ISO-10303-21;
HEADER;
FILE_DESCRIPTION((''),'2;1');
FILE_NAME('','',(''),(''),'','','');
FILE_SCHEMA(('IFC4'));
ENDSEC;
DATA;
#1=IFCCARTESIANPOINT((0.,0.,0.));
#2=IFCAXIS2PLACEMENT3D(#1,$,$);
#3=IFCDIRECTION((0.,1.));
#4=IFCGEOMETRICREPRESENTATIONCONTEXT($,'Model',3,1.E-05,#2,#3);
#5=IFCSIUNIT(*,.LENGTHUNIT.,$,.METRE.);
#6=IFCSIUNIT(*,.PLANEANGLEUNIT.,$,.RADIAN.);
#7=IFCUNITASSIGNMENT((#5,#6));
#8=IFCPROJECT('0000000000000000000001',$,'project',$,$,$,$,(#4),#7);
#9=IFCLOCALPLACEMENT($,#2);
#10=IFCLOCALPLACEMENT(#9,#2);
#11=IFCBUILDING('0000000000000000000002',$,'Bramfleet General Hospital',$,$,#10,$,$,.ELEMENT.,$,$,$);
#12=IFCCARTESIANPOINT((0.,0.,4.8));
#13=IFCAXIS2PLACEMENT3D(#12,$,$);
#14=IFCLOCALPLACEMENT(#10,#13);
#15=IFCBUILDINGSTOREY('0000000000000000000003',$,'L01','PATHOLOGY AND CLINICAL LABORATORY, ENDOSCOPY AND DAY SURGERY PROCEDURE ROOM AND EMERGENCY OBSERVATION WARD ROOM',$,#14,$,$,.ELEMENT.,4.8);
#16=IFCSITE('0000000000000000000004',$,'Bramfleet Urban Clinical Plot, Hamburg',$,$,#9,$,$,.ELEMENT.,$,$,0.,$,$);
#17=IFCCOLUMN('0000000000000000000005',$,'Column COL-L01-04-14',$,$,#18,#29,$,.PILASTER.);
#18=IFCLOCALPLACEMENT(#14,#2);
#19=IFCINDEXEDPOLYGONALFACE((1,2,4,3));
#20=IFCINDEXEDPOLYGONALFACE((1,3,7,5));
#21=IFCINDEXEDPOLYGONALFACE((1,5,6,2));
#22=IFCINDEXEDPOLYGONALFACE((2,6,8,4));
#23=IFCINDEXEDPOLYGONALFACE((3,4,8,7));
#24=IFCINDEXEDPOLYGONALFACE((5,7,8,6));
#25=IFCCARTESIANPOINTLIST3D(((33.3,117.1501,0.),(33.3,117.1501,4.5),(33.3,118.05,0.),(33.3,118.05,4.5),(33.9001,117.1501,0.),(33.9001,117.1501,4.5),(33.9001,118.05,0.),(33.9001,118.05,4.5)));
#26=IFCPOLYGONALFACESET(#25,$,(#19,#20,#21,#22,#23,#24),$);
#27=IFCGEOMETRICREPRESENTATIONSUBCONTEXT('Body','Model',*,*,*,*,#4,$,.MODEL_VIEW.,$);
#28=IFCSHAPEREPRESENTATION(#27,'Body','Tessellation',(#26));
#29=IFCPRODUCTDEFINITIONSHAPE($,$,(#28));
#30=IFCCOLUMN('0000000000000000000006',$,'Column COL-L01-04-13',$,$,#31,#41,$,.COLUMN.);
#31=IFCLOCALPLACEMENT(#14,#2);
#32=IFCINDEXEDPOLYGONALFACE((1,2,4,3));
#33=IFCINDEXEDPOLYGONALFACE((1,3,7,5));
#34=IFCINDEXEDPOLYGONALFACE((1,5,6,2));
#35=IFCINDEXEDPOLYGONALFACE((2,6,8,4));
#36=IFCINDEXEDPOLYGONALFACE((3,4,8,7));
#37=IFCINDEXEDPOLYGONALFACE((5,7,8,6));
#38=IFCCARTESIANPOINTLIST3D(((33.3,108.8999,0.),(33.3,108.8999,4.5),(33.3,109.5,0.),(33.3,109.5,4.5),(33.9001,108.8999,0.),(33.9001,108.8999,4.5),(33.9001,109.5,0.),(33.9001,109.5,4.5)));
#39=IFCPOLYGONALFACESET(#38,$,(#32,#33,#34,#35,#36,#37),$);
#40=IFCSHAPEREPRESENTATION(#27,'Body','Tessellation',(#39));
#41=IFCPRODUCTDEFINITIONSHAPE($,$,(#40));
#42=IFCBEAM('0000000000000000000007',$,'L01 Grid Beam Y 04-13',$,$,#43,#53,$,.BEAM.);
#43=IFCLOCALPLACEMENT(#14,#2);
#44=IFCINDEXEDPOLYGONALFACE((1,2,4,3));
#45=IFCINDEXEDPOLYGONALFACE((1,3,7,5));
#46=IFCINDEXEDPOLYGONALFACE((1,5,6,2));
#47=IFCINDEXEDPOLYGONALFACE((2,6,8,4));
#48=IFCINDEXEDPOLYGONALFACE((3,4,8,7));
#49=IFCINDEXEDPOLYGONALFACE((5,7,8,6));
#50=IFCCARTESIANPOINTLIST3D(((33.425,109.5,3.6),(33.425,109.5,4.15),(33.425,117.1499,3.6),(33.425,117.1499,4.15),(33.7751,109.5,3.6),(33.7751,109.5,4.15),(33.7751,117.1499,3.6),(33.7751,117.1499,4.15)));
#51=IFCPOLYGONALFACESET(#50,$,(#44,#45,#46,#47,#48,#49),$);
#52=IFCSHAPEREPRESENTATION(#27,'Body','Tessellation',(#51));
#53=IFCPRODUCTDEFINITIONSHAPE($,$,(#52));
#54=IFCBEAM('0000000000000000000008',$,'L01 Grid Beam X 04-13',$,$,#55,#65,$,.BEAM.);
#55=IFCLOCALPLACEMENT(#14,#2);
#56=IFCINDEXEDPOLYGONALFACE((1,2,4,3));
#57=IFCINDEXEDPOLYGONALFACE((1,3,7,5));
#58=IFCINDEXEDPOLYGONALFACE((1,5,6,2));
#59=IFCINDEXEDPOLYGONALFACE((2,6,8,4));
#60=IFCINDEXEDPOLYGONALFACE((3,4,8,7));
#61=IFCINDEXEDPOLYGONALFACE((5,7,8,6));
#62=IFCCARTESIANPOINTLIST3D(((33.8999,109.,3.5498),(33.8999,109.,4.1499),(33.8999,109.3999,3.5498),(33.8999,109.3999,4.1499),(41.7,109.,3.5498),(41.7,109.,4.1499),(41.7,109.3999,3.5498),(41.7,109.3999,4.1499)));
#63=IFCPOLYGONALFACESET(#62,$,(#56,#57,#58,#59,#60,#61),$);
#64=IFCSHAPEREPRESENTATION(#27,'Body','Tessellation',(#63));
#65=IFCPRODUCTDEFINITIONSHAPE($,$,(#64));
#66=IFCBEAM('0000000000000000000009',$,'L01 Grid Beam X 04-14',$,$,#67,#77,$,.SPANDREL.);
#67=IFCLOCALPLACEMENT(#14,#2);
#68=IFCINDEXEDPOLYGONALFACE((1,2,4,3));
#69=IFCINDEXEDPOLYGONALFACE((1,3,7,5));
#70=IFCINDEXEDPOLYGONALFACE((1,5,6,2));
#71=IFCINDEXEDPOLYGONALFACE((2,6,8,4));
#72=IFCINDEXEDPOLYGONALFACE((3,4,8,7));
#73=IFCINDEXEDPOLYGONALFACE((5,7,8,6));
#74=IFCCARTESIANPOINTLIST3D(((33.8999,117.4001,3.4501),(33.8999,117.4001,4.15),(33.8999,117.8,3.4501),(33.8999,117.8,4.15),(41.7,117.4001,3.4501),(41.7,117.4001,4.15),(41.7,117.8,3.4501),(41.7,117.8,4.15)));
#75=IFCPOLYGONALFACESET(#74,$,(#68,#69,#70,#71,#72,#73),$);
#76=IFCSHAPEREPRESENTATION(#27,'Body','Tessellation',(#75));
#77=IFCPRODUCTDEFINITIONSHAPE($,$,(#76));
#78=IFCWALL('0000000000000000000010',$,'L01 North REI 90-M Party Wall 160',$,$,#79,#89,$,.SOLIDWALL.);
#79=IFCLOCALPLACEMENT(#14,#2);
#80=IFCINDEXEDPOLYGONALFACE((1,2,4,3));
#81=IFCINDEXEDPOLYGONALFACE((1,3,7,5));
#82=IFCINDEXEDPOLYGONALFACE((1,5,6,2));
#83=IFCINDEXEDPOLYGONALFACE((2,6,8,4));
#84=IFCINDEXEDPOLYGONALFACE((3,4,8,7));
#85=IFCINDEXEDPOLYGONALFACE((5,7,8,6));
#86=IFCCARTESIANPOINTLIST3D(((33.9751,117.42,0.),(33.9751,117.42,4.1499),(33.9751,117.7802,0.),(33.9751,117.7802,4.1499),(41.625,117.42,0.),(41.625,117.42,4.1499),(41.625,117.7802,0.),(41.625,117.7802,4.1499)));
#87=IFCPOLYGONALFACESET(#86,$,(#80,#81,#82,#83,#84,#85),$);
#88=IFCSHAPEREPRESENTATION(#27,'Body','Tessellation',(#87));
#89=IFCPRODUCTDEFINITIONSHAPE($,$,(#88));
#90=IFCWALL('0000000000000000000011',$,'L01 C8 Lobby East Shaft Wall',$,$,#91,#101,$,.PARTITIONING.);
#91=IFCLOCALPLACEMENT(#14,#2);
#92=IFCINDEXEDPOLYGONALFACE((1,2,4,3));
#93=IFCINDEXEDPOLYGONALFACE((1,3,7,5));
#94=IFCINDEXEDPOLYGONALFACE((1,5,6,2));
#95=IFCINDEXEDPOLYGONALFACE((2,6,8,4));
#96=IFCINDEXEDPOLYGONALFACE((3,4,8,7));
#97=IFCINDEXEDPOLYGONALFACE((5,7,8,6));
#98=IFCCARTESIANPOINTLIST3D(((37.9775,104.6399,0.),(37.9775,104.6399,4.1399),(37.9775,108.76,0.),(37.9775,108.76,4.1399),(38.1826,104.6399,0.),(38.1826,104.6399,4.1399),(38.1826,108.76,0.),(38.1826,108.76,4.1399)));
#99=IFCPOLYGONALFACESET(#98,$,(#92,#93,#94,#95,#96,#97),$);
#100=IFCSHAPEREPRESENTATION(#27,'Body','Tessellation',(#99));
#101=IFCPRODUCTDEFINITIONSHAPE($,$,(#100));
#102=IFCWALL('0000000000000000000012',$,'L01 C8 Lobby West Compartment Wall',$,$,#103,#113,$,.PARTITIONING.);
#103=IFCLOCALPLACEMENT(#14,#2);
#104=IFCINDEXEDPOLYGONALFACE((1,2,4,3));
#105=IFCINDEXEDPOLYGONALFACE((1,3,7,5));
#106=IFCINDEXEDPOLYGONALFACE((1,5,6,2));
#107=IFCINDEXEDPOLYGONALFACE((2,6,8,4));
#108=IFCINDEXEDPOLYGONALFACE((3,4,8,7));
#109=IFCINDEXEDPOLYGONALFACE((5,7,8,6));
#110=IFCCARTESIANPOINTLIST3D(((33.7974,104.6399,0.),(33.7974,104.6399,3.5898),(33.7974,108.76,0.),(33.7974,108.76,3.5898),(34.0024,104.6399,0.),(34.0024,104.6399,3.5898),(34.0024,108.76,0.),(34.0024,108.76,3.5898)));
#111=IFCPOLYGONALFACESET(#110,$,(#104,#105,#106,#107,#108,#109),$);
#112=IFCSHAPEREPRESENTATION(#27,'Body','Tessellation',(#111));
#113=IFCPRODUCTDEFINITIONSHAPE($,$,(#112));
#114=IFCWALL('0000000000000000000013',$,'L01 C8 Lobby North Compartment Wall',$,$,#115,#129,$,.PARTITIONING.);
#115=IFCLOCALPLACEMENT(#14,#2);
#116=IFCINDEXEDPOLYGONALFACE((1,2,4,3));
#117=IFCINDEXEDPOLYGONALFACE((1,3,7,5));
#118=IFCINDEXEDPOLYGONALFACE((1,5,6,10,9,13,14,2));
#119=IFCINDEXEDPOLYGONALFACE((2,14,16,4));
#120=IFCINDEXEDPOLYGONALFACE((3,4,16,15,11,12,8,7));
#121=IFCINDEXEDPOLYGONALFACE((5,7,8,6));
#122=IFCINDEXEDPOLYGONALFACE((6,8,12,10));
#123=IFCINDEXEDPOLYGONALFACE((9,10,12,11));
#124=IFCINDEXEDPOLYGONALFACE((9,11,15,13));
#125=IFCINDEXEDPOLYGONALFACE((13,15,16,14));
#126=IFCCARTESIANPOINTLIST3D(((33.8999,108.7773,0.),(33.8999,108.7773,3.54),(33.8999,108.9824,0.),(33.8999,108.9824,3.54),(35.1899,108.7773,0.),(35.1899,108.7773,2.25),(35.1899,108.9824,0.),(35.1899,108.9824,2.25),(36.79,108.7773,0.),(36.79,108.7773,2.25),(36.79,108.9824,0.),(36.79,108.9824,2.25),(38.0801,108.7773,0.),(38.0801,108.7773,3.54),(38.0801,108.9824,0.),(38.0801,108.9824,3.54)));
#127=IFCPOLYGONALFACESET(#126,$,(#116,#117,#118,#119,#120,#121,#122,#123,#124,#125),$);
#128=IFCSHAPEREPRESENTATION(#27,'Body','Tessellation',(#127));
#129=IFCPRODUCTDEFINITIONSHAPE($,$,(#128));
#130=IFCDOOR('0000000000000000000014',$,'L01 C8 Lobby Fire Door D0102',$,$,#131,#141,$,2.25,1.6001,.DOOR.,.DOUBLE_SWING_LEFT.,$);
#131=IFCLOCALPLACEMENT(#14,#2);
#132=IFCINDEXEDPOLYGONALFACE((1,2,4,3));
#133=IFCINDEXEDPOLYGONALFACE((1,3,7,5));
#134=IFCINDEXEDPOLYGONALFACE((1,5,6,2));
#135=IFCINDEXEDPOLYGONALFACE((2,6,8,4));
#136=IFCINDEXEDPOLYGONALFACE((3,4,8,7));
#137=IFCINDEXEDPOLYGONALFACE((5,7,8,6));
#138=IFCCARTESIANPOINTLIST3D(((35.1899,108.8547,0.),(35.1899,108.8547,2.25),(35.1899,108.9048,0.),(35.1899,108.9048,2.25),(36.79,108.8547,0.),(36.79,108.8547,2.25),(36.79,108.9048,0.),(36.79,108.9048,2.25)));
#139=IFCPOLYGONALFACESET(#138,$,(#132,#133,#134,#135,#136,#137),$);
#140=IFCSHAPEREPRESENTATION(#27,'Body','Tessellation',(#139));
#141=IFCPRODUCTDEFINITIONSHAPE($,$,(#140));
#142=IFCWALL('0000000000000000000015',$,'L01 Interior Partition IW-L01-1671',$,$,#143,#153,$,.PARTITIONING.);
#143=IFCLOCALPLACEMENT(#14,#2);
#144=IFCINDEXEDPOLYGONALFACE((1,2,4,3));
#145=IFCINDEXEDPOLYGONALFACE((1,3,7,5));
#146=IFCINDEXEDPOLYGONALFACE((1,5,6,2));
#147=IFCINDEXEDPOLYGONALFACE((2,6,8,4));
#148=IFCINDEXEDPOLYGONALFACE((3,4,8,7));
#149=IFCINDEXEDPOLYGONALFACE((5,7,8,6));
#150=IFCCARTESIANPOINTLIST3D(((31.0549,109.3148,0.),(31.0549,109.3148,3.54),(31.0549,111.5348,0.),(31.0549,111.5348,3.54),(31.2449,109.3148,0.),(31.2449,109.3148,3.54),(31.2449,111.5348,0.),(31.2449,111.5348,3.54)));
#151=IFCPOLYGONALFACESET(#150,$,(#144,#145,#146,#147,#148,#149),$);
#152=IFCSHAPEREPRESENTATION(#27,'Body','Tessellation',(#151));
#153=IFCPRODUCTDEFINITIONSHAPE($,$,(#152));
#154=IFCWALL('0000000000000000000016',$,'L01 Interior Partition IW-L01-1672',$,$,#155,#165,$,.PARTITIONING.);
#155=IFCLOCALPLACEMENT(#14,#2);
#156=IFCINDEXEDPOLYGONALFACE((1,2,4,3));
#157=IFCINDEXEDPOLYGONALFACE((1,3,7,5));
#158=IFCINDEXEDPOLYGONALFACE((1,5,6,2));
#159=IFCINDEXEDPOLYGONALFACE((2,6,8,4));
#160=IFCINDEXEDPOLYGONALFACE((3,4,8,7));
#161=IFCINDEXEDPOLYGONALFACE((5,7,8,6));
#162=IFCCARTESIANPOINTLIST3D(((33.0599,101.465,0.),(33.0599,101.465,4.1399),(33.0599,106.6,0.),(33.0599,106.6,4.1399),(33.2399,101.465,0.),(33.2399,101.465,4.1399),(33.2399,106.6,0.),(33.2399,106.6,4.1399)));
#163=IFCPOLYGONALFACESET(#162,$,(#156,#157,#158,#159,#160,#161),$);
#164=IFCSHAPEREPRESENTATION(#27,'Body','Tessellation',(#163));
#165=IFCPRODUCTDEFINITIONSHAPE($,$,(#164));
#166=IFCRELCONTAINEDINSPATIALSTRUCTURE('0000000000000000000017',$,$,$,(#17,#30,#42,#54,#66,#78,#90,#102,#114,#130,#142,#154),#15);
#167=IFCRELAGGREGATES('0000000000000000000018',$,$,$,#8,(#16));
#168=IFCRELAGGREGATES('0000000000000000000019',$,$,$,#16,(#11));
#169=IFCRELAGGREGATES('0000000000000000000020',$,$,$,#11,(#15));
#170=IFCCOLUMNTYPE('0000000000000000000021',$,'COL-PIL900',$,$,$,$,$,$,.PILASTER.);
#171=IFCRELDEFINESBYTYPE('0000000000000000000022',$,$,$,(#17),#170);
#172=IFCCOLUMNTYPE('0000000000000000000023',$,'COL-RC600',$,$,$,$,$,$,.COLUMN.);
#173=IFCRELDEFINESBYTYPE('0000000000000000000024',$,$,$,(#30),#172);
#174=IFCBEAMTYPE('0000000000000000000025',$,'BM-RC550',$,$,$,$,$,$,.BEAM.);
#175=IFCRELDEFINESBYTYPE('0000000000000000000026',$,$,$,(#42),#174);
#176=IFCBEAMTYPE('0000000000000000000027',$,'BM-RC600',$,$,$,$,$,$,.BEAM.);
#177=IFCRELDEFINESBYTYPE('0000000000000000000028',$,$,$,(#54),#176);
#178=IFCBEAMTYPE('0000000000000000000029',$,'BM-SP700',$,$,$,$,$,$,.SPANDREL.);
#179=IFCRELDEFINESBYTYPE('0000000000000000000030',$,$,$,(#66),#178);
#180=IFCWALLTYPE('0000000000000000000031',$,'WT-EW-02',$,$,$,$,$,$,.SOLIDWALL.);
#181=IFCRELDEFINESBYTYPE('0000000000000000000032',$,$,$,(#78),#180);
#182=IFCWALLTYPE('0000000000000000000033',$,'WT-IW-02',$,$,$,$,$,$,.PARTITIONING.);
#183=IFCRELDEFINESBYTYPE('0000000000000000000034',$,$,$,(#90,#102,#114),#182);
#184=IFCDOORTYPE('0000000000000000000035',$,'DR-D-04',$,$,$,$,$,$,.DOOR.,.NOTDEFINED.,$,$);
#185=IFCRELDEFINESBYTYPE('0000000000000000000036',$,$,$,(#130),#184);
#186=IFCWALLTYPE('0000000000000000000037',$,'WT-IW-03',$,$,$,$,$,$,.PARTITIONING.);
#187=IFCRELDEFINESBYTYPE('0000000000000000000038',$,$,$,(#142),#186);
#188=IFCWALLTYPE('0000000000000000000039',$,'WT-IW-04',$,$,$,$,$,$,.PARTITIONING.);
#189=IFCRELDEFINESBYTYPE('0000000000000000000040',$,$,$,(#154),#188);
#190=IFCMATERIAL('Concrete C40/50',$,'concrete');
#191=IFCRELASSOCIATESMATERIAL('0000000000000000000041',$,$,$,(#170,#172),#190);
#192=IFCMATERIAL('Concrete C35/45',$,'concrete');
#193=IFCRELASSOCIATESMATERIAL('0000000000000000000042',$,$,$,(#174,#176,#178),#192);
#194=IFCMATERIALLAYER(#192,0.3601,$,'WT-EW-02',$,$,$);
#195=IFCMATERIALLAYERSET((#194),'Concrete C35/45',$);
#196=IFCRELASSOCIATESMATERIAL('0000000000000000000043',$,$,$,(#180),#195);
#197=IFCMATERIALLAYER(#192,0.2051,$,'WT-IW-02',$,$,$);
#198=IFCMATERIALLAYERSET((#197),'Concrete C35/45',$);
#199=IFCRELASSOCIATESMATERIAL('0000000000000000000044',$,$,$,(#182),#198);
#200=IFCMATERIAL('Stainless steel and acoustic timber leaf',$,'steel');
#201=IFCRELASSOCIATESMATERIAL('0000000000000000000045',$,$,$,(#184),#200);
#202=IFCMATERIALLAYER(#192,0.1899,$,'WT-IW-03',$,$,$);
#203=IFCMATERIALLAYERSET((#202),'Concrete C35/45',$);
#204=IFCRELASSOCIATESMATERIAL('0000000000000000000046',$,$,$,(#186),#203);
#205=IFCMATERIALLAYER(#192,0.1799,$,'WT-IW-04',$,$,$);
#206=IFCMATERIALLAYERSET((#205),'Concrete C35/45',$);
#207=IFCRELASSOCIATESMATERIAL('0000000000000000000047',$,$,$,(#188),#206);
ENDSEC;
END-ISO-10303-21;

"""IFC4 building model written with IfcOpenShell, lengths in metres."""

from ifc_helpers import new_model, si_unit, direction, frame, frame_2d, origin, origin_2d, place, context, subcontext, project, spatial, rectangle, extrude, material, layer, layer_set, material_profile, profile_set, type_object, element, fill, save


model = new_model("IFC4")

# Units and contexts
model_context = context("Model", 3, precision=1e-05, world=origin(), true_north=direction((0.0, 1.0)))
body_context = subcontext(model_context, "Body", "Model", "MODEL_VIEW")
ifc_project = project(units=[si_unit("LENGTHUNIT", "METRE"), si_unit("PLANEANGLEUNIT", "RADIAN")], contexts=[model_context])

# Site, building, storey
site_placement = place(None, origin())
site = spatial("IfcSite", under=ifc_project, at=site_placement, Name="Bramfleet Urban Clinical Plot, Hamburg", CompositionType="ELEMENT", RefElevation=0.0)
building_placement = place(site_placement, origin())
building = spatial("IfcBuilding", under=site, at=building_placement, Name="Bramfleet General Hospital", CompositionType="ELEMENT")
storey_placement = place(building_placement, frame((0.0, 0.0, 4.8)))
storey = spatial("IfcBuildingStorey", under=building, at=storey_placement, Name="L01", Description="PATHOLOGY AND CLINICAL LABORATORY, ENDOSCOPY AND DAY SURGERY PROCEDURE ROOM AND EMERGENCY OBSERVATION WARD ROOM", CompositionType="ELEMENT", Elevation=4.8)

# Columns
ifc_material_1 = material(Name="Concrete C40/50", Category="concrete")
ifc_material_profile_1 = material_profile(ifc_material_1, rectangle(XDim=0.6001, YDim=0.8999, at=origin_2d()), Name="RC PIL 900x600")
ifc_profile_set_1 = profile_set([ifc_material_profile_1], Name="Concrete C40/50")
column_type_1 = type_object("IfcColumnType", Name="COL-PIL900", PredefinedType="PILASTER", material=ifc_profile_set_1)
column_1_placement = place(storey_placement, frame((33.6001, 117.6001, 0.0), z_axis=(0.0, 0.0, 1.0), x_axis=(1.0, 0.0, 0.0)))
element("IfcColumn", 1, at=column_1_placement, inside=storey, type_object=column_type_1, Name="Column COL-L01-04-14", PredefinedType="PILASTER", context=body_context, shape_type="SweptSolid", body=[
    extrude(rectangle(XDim=0.6001, YDim=0.8999, at=origin_2d()), origin(), (0.0, 0.0, 1.0), 4.5),
])
ifc_material_profile_2 = material_profile(ifc_material_1, rectangle(XDim=0.6001, YDim=0.6001, at=origin_2d()), Name="RC COL 600x600")
ifc_profile_set_2 = profile_set([ifc_material_profile_2], Name="Concrete C40/50")
column_type_2 = type_object("IfcColumnType", Name="COL-RC600", PredefinedType="COLUMN", material=ifc_profile_set_2)
column_2_placement = place(storey_placement, frame((33.6001, 109.2, 0.0), z_axis=(0.0, 0.0, 1.0), x_axis=(1.0, 0.0, 0.0)))
element("IfcColumn", 2, at=column_2_placement, inside=storey, type_object=column_type_2, Name="Column COL-L01-04-13", PredefinedType="COLUMN", context=body_context, shape_type="SweptSolid", body=[
    extrude(rectangle(XDim=0.6001, YDim=0.6001, at=origin_2d()), origin(), (0.0, 0.0, 1.0), 4.5),
])

# Beams
ifc_material_2 = material(Name="Concrete C35/45", Category="concrete")
ifc_material_profile_3 = material_profile(ifc_material_2, rectangle(XDim=0.3501, YDim=0.55, at=origin_2d()), Name="RC BM 550x350")
ifc_profile_set_3 = profile_set([ifc_material_profile_3], Name="Concrete C35/45")
beam_type_1 = type_object("IfcBeamType", Name="BM-RC550", PredefinedType="BEAM", material=ifc_profile_set_3)
beam_1_placement = place(storey_placement, frame((33.6001, 109.5, 3.875), z_axis=(0.0, 1.0, 0.0), x_axis=(-1.0, 0.0, 0.0)))
element("IfcBeam", 3, at=beam_1_placement, inside=storey, type_object=beam_type_1, Name="L01 Grid Beam Y 04-13", PredefinedType="BEAM", context=body_context, shape_type="SweptSolid", body=[
    extrude(rectangle(XDim=0.3501, YDim=0.55, at=origin_2d()), origin(), (0.0, 0.0, 1.0), 7.6499),
])
ifc_material_profile_4 = material_profile(ifc_material_2, rectangle(XDim=0.3999, YDim=0.6001, at=origin_2d()), Name="RC BM 600x400")
ifc_profile_set_4 = profile_set([ifc_material_profile_4], Name="Concrete C35/45")
beam_type_2 = type_object("IfcBeamType", Name="BM-RC600", PredefinedType="BEAM", material=ifc_profile_set_4)
beam_2_placement = place(storey_placement, frame((33.8999, 109.2, 3.8499), z_axis=(1.0, 0.0, 0.0), x_axis=(0.0, 1.0, 0.0)))
element("IfcBeam", 4, at=beam_2_placement, inside=storey, type_object=beam_type_2, Name="L01 Grid Beam X 04-13", PredefinedType="BEAM", context=body_context, shape_type="SweptSolid", body=[
    extrude(rectangle(XDim=0.3999, YDim=0.6001, at=origin_2d()), origin(), (0.0, 0.0, 1.0), 7.8),
])
ifc_material_profile_5 = material_profile(ifc_material_2, rectangle(XDim=0.3999, YDim=0.7, at=origin_2d()), Name="RC SP 700x400")
ifc_profile_set_5 = profile_set([ifc_material_profile_5], Name="Concrete C35/45")
beam_type_3 = type_object("IfcBeamType", Name="BM-SP700", PredefinedType="SPANDREL", material=ifc_profile_set_5)
beam_3_placement = place(storey_placement, frame((33.8999, 117.6001, 3.8), z_axis=(1.0, 0.0, 0.0), x_axis=(0.0, 1.0, 0.0)))
element("IfcBeam", 5, at=beam_3_placement, inside=storey, type_object=beam_type_3, Name="L01 Grid Beam X 04-14", PredefinedType="SPANDREL", context=body_context, shape_type="SweptSolid", body=[
    extrude(rectangle(XDim=0.3999, YDim=0.7, at=origin_2d()), origin(), (0.0, 0.0, 1.0), 7.8),
])

# Walls
ifc_layer_1 = layer(ifc_material_2, 0.3601, Name="WT-EW-02")
ifc_layer_set_1 = layer_set([ifc_layer_1], Name="Concrete C35/45")
wall_type_1 = type_object("IfcWallType", Name="WT-EW-02", PredefinedType="SOLIDWALL", material=ifc_layer_set_1)
wall_1_placement = place(storey_placement, frame((33.9751, 117.6001, 0.0), z_axis=(0.0, 0.0, 1.0), x_axis=(1.0, 0.0, 0.0)))
element("IfcWall", 6, at=wall_1_placement, inside=storey, type_object=wall_type_1, Name="L01 North REI 90-M Party Wall 160", PredefinedType="SOLIDWALL", context=body_context, shape_type="SweptSolid", body=[
    extrude(rectangle(XDim=7.6499, YDim=0.3601, at=frame_2d((3.825, 0.0))), origin(), (0.0, 0.0, 1.0), 4.1499),
])
ifc_layer_2 = layer(ifc_material_2, 0.2051, Name="WT-IW-02")
ifc_layer_set_2 = layer_set([ifc_layer_2], Name="Concrete C35/45")
wall_type_2 = type_object("IfcWallType", Name="WT-IW-02", PredefinedType="PARTITIONING", material=ifc_layer_set_2)
wall_2_placement = place(storey_placement, frame((38.0801, 104.6399, 0.0), z_axis=(0.0, 0.0, 1.0), x_axis=(0.0, 1.0, 0.0)))
element("IfcWall", 7, at=wall_2_placement, inside=storey, type_object=wall_type_2, Name="L01 C8 Lobby East Shaft Wall", PredefinedType="PARTITIONING", context=body_context, shape_type="SweptSolid", body=[
    extrude(rectangle(XDim=4.1201, YDim=0.2051, at=frame_2d((2.0601, 0.0))), origin(), (0.0, 0.0, 1.0), 4.1399),
])
wall_3_placement = place(storey_placement, frame((33.8999, 104.6399, 0.0), z_axis=(0.0, 0.0, 1.0), x_axis=(0.0, 1.0, 0.0)))
element("IfcWall", 8, at=wall_3_placement, inside=storey, type_object=wall_type_2, Name="L01 C8 Lobby West Compartment Wall", PredefinedType="PARTITIONING", context=body_context, shape_type="SweptSolid", body=[
    extrude(rectangle(XDim=4.1201, YDim=0.2051, at=frame_2d((2.0601, 0.0))), origin(), (0.0, 0.0, 1.0), 3.5898),
])

# Wall, opening, door
wall_4_placement = place(storey_placement, frame((33.8999, 108.8799, 0.0), z_axis=(0.0, 0.0, 1.0), x_axis=(1.0, 0.0, 0.0)))
wall_4 = element("IfcWall", 9, at=wall_4_placement, inside=storey, type_object=wall_type_2, Name="L01 C8 Lobby North Compartment Wall", PredefinedType="PARTITIONING", context=body_context, shape_type="SweptSolid", body=[
    extrude(rectangle(XDim=4.1802, YDim=0.2051, at=frame_2d((2.0901, 0.0))), origin(), (0.0, 0.0, 1.0), 3.54),
])
opening_1_placement = place(wall_4_placement, frame((1.29, 0.0, 0.0)))
opening_1 = element("IfcOpeningElement", 10, at=opening_1_placement, cuts=wall_4, PredefinedType="OPENING", context=body_context, shape_type="SweptSolid", body=[
    extrude(rectangle(XDim=1.6001, YDim=2.25, at=frame_2d((0.8, 1.125))), frame((0.0, 0.1125, 0.0), z_axis=(0.0, -1.0, 0.0), x_axis=(1.0, 0.0, 0.0)), (0.0, 0.0, 1.0), 0.2251),
])
ifc_material_3 = material(Name="Stainless steel and acoustic timber leaf", Category="steel")
door_type_1 = type_object("IfcDoorType", Name="DR-D-04", OperationType="NOTDEFINED", PredefinedType="DOOR", material=ifc_material_3)
door_1_placement = place(opening_1_placement, origin())
door_1 = element("IfcDoor", 11, at=door_1_placement, inside=storey, type_object=door_type_1, Name="L01 C8 Lobby Fire Door D0102", OperationType="DOUBLE_SWING_LEFT", OverallHeight=2.25, OverallWidth=1.6001, PredefinedType="DOOR", context=body_context, shape_type="SweptSolid", body=[
    extrude(rectangle(XDim=1.6001, YDim=2.25, at=frame_2d((0.8, 1.125))), frame((0.0, 0.0249, 0.0), z_axis=(0.0, -1.0, 0.0), x_axis=(1.0, 0.0, 0.0)), (0.0, 0.0, 1.0), 0.05),
])
fill(opening_1, door_1)

# Walls
ifc_layer_3 = layer(ifc_material_2, 0.1899, Name="WT-IW-03")
ifc_layer_set_3 = layer_set([ifc_layer_3], Name="Concrete C35/45")
wall_type_3 = type_object("IfcWallType", Name="WT-IW-03", PredefinedType="PARTITIONING", material=ifc_layer_set_3)
wall_5_placement = place(storey_placement, frame((31.1499, 109.3149, 0.0), z_axis=(0.0, 0.0, 1.0), x_axis=(0.0, 1.0, 0.0)))
element("IfcWall", 12, at=wall_5_placement, inside=storey, type_object=wall_type_3, Name="L01 Interior Partition IW-L01-1671", PredefinedType="PARTITIONING", context=body_context, shape_type="SweptSolid", body=[
    extrude(rectangle(XDim=2.22, YDim=0.1899, at=frame_2d((1.1099, 0.0))), origin(), (0.0, 0.0, 1.0), 3.54),
])
ifc_layer_4 = layer(ifc_material_2, 0.1799, Name="WT-IW-04")
ifc_layer_set_4 = layer_set([ifc_layer_4], Name="Concrete C35/45")
wall_type_4 = type_object("IfcWallType", Name="WT-IW-04", PredefinedType="PARTITIONING", material=ifc_layer_set_4)
wall_6_placement = place(storey_placement, frame((33.1499, 101.4651, 0.0), z_axis=(0.0, 0.0, 1.0), x_axis=(0.0, 1.0, 0.0)))
element("IfcWall", 13, at=wall_6_placement, inside=storey, type_object=wall_type_4, Name="L01 Interior Partition IW-L01-1672", PredefinedType="PARTITIONING", context=body_context, shape_type="SweptSolid", body=[
    extrude(rectangle(XDim=5.135, YDim=0.1799, at=frame_2d((2.5674, 0.0))), origin(), (0.0, 0.0, 1.0), 4.1399),
])

save(model, "model.ifc")
